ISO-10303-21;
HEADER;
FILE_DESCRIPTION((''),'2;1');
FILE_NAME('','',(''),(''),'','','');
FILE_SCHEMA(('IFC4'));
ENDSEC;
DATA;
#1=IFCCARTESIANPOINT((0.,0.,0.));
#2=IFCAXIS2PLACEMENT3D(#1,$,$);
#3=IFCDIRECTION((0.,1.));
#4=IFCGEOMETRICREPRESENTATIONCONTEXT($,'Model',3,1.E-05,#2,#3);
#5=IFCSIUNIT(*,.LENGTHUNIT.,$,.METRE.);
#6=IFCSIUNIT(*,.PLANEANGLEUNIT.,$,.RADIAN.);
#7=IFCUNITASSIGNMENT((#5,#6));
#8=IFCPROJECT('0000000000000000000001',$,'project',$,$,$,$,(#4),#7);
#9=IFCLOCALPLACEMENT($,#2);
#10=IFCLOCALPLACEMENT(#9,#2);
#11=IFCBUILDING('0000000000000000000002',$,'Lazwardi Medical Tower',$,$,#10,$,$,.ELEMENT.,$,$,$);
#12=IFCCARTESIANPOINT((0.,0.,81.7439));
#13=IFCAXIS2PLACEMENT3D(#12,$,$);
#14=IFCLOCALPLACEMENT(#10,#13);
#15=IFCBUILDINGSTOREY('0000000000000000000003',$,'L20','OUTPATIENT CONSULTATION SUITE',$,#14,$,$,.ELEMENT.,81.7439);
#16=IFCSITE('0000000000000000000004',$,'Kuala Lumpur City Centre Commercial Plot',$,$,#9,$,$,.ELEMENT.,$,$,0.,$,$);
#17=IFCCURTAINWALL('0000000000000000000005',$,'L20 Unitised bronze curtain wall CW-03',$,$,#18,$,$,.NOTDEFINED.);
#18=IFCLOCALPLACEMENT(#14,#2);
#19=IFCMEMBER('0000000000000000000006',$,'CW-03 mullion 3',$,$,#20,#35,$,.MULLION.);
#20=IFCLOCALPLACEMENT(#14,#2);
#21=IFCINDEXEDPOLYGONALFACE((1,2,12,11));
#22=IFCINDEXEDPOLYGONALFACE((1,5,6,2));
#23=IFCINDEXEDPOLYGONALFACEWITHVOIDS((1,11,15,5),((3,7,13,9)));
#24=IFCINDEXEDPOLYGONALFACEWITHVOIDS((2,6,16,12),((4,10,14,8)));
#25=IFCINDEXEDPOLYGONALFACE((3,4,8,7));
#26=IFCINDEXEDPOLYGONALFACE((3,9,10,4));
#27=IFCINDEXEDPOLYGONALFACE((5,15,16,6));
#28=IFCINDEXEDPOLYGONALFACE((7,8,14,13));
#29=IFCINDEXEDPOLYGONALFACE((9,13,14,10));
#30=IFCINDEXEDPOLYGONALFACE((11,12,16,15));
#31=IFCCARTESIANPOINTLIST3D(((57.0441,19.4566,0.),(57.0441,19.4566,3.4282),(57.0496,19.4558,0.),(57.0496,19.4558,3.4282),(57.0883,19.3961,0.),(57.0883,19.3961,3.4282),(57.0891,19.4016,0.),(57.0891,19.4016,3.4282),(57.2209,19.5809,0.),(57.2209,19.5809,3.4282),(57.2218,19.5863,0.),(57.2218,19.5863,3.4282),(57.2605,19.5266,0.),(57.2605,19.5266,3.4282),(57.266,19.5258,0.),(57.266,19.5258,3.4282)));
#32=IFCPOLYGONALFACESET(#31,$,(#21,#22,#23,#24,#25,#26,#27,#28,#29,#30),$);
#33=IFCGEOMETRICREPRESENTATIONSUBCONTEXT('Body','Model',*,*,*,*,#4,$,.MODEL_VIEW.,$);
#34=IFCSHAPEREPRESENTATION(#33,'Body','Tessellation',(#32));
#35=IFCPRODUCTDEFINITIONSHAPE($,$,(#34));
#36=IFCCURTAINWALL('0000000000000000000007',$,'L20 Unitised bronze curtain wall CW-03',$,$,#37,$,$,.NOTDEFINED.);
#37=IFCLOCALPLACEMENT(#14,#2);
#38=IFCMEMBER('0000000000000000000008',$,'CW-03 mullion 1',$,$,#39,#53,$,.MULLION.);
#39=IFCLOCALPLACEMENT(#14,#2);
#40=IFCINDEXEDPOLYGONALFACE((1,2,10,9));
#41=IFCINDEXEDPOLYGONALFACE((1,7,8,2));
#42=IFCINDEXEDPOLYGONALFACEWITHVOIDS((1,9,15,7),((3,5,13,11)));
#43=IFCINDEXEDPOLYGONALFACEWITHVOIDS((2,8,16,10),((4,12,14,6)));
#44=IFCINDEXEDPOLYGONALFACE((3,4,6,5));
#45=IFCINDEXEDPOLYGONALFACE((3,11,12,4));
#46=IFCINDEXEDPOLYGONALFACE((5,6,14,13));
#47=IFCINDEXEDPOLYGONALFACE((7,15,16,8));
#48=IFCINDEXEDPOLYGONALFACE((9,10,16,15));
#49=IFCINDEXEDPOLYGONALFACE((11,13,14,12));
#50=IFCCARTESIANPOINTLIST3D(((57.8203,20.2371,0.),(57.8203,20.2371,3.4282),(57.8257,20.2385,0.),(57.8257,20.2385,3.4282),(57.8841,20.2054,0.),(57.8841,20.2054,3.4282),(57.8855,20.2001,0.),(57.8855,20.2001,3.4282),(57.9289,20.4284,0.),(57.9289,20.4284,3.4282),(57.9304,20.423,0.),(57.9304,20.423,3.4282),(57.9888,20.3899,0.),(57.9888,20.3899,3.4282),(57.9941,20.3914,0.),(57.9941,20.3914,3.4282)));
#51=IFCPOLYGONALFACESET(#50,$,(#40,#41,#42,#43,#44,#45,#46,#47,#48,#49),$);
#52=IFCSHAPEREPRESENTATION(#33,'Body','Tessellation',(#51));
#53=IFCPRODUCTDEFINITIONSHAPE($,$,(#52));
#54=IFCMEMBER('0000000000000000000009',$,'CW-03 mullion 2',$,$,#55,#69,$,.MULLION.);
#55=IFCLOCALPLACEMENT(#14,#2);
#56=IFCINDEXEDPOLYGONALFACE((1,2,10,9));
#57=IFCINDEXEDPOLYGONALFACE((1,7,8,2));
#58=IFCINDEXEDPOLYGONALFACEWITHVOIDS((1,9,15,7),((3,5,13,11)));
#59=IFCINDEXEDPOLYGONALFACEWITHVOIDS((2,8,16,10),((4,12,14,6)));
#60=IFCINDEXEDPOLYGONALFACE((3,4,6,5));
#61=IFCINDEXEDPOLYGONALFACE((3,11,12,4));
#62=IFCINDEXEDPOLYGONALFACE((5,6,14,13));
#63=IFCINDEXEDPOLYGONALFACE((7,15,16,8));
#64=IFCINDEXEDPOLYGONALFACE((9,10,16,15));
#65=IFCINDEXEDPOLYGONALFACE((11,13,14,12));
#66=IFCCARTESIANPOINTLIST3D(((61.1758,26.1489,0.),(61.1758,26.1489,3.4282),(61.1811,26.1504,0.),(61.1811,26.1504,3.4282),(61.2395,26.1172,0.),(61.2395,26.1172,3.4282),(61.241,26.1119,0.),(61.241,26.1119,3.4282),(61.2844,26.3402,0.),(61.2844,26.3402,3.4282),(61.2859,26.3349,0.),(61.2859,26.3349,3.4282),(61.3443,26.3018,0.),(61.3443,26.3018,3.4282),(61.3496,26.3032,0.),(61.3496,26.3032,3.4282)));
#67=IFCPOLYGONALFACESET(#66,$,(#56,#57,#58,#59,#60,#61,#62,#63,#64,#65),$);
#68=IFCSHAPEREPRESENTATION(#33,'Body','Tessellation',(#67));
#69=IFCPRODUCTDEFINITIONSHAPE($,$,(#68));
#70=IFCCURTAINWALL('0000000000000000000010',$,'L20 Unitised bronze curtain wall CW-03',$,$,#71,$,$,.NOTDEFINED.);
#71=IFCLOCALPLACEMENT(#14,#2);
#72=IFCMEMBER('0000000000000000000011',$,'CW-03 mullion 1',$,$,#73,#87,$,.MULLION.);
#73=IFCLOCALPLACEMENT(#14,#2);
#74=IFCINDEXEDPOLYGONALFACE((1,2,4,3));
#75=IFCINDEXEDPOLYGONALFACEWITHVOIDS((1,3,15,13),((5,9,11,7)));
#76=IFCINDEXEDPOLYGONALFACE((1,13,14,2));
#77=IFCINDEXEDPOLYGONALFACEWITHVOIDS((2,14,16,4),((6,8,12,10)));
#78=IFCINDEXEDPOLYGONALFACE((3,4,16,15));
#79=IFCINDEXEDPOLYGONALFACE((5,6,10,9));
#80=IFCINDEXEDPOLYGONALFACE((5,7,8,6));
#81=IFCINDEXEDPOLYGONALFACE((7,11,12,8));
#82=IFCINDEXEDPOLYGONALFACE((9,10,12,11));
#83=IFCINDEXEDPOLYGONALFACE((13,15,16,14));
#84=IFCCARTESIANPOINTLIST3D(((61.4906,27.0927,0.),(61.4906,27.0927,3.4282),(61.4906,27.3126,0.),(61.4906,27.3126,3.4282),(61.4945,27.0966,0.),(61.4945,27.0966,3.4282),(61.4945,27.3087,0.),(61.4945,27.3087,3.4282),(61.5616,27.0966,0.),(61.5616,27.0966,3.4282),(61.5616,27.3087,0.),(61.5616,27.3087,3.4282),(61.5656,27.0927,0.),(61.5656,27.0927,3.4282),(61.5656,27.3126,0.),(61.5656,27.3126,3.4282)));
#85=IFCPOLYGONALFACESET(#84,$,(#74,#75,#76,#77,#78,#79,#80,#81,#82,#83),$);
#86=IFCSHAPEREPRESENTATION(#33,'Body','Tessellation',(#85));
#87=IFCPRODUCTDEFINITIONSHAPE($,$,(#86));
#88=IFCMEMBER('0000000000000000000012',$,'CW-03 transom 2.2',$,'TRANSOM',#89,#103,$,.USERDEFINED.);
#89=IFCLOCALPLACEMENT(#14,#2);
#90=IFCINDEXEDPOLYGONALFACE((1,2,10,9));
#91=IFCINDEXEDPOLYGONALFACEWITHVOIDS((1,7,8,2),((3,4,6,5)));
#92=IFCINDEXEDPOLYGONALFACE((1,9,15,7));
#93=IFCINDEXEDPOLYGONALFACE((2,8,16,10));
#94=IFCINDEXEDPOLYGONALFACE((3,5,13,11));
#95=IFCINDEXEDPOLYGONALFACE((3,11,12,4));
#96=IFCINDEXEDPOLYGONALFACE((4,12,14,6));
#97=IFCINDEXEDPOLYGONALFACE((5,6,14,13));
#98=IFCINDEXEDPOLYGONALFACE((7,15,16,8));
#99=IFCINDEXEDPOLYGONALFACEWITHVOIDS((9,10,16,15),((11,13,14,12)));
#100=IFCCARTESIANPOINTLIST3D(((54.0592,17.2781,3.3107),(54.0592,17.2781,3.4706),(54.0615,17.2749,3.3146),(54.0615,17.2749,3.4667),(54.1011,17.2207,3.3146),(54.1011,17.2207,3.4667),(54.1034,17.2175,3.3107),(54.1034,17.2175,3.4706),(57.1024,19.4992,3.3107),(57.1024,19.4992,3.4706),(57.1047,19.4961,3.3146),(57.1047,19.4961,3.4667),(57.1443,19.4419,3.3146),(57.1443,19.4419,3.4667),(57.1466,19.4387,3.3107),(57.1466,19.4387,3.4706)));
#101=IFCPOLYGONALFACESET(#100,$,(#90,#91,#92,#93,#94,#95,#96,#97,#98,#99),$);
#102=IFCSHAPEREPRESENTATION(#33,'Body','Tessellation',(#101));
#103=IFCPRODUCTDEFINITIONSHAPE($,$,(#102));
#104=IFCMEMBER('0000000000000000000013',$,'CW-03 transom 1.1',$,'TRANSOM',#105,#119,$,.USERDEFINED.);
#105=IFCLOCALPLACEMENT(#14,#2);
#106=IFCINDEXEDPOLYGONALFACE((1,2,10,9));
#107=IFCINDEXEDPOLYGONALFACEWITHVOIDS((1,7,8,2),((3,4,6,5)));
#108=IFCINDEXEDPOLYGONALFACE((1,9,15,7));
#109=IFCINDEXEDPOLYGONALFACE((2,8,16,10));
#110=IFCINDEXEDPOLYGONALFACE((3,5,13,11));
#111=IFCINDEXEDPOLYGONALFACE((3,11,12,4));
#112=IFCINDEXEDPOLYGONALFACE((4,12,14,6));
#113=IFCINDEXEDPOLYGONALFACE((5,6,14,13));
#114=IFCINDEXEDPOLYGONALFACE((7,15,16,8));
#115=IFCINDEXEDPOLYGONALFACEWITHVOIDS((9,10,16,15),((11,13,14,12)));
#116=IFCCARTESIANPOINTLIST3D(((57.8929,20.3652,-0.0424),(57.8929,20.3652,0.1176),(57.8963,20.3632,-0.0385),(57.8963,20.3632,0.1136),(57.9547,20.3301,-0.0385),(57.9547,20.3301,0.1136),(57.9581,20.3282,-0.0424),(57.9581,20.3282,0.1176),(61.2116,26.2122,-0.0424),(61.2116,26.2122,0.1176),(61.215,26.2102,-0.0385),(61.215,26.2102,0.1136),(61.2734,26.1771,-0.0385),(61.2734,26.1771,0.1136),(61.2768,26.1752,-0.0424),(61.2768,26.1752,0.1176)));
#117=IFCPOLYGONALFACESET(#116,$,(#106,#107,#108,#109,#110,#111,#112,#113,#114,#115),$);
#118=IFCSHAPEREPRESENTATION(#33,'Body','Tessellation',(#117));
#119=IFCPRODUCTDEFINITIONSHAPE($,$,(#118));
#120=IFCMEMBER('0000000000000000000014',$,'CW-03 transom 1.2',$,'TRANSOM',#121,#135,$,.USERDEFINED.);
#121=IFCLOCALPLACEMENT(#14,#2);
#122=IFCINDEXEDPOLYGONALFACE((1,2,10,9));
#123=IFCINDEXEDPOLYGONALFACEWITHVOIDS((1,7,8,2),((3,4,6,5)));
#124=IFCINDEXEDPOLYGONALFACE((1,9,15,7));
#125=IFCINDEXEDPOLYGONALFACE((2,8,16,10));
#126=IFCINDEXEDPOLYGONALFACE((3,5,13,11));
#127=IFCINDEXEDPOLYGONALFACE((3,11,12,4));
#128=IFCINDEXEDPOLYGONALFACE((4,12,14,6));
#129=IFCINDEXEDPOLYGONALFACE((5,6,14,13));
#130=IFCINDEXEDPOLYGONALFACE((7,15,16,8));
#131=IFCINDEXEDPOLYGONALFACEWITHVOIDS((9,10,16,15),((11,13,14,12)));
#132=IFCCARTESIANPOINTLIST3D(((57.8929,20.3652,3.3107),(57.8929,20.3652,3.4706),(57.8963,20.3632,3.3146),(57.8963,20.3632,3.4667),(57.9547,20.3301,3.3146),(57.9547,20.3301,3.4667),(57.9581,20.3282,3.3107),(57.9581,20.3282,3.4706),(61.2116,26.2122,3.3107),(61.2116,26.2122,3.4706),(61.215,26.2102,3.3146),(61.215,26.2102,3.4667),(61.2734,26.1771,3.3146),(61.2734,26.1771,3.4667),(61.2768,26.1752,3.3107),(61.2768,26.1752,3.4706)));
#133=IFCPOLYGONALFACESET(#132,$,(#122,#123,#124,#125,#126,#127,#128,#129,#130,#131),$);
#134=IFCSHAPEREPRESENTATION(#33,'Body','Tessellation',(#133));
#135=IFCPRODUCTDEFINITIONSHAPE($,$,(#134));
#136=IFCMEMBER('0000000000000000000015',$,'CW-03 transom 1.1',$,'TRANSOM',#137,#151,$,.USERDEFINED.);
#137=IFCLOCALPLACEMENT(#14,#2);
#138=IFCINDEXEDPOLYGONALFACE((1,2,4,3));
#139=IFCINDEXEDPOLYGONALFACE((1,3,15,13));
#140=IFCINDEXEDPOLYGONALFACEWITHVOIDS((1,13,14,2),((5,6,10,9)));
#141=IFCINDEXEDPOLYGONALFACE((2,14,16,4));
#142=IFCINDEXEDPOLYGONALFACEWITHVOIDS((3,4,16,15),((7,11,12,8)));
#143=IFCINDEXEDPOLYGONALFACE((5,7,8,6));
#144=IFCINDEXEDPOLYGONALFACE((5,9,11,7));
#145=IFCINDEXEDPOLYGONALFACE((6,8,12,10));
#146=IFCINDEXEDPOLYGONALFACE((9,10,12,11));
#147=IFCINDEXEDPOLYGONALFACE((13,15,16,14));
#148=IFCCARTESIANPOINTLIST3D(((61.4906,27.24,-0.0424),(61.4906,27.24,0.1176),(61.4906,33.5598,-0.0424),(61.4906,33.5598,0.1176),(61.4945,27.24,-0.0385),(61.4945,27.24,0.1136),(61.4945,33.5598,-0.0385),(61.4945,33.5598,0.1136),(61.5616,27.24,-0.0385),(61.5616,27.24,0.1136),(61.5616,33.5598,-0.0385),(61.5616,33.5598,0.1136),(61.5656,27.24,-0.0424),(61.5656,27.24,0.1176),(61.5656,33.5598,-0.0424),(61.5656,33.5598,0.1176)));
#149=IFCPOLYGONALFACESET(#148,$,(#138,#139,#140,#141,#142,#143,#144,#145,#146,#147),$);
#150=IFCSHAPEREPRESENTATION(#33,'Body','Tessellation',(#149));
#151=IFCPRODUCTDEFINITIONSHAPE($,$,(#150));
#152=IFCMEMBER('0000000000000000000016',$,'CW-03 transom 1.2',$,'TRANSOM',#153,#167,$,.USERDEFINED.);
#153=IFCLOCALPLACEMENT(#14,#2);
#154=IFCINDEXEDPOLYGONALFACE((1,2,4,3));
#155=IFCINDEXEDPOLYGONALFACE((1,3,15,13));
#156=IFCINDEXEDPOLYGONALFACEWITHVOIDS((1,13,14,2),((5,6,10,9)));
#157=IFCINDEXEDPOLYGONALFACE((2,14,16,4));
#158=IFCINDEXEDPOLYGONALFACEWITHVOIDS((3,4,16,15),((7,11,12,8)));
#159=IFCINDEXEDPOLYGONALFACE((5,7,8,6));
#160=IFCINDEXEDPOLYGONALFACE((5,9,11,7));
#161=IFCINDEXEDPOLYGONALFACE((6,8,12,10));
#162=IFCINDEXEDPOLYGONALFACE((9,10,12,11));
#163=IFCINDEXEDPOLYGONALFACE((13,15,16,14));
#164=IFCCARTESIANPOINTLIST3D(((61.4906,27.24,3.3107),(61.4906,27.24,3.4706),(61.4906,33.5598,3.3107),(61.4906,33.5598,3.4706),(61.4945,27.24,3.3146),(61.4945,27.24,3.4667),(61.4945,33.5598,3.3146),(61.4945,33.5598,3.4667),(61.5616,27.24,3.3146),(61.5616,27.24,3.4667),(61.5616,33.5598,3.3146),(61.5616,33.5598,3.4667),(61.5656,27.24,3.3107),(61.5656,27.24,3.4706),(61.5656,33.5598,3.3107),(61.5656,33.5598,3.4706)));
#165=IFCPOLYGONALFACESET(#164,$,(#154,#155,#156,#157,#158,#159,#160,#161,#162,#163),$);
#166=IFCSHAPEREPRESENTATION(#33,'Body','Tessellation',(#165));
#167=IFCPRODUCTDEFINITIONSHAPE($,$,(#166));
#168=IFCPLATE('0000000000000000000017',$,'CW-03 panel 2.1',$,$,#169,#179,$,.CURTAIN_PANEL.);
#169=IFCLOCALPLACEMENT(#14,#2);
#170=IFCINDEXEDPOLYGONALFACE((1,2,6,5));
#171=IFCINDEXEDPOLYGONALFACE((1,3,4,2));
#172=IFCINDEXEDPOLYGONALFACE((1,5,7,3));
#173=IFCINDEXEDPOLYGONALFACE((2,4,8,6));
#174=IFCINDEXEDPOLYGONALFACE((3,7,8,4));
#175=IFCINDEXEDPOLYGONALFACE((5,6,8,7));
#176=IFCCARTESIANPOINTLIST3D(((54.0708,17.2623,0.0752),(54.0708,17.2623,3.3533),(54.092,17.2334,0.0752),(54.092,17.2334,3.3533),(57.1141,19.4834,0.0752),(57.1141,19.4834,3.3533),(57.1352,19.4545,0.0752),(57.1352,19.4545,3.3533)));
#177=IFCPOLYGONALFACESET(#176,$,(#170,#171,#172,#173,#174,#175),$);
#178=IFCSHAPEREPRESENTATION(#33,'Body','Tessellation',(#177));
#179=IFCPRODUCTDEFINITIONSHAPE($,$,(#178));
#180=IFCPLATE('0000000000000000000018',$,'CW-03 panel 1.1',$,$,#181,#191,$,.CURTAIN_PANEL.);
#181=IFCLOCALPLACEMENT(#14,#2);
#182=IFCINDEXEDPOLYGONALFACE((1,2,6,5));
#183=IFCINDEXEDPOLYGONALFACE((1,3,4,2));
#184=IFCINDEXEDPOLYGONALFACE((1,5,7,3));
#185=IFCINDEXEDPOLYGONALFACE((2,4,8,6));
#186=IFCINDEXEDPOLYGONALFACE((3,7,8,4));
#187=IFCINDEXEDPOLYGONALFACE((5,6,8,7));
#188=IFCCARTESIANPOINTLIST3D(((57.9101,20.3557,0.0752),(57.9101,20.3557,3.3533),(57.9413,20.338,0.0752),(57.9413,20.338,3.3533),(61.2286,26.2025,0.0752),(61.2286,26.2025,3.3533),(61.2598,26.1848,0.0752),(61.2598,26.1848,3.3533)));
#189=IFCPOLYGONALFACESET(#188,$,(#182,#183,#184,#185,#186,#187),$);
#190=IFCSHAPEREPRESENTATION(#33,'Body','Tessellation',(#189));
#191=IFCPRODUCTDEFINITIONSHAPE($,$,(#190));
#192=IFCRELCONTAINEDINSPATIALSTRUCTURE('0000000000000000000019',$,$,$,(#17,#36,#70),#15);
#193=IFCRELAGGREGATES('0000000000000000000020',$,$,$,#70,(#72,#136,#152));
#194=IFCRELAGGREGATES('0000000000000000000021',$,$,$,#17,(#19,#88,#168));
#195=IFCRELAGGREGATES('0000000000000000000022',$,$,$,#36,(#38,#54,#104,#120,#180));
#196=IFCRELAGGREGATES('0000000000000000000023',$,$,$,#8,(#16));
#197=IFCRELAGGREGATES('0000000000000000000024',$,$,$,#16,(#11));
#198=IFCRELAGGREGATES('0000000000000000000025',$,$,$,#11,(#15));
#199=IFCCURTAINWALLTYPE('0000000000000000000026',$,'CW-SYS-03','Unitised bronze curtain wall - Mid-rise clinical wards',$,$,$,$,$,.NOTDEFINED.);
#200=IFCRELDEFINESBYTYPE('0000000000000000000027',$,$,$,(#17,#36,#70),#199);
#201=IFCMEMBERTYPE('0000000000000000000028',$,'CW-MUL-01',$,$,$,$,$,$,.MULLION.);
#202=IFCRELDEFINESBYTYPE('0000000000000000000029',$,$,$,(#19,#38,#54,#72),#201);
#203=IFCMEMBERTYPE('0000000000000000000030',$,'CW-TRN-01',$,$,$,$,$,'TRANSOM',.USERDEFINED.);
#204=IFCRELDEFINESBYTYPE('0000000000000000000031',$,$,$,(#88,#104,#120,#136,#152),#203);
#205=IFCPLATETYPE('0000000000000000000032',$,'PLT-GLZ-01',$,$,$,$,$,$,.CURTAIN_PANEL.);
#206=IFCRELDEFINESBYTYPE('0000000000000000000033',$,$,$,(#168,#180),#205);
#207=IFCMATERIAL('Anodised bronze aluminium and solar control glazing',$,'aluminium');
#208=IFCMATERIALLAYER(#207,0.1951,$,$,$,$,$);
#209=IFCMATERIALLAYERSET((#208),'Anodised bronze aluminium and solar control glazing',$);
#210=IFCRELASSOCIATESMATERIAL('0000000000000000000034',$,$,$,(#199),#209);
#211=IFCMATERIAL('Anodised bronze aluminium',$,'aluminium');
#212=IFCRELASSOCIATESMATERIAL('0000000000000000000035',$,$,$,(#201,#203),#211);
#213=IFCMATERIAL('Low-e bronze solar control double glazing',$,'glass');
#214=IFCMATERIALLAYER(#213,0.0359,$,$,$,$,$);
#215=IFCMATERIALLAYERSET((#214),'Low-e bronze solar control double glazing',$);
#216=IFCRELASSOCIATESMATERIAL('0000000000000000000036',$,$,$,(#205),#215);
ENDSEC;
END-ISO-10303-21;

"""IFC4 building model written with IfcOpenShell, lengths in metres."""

from ifc_helpers import new_model, si_unit, direction, frame, origin, origin_2d, place, context, subcontext, project, spatial, rectangle, hollow_rectangle, extrude, material, layer, layer_set, material_profile, profile_set, type_object, element, aggregate, save


model = new_model("IFC4")

# Units and contexts
model_context = context("Model", 3, precision=1e-05, world=origin(), true_north=direction((0.0, 1.0)))
body_context = subcontext(model_context, "Body", "Model", "MODEL_VIEW")
ifc_project = project(units=[si_unit("LENGTHUNIT", "METRE"), si_unit("PLANEANGLEUNIT", "RADIAN")], contexts=[model_context])

# Site, building, storey
site_placement = place(None, origin())
site = spatial("IfcSite", under=ifc_project, at=site_placement, Name="Kuala Lumpur City Centre Commercial Plot", CompositionType="ELEMENT", RefElevation=0.0)
building_placement = place(site_placement, origin())
building = spatial("IfcBuilding", under=site, at=building_placement, Name="Lazwardi Medical Tower", CompositionType="ELEMENT")
storey_placement = place(building_placement, frame((0.0, 0.0, 81.7439)))
storey = spatial("IfcBuildingStorey", under=building, at=storey_placement, Name="L20", Description="OUTPATIENT CONSULTATION SUITE", CompositionType="ELEMENT", Elevation=81.7439)

# Curtain wall, member
ifc_material_1 = material(Name="Anodised bronze aluminium and solar control glazing", Category="aluminium")
ifc_layer_1 = layer(ifc_material_1, 0.1951)
ifc_layer_set_1 = layer_set([ifc_layer_1], Name="Anodised bronze aluminium and solar control glazing")
curtain_wall_type = type_object("IfcCurtainWallType", Name="CW-SYS-03", Description="Unitised bronze curtain wall - Mid-rise clinical wards", PredefinedType="NOTDEFINED", material=ifc_layer_set_1)
curtain_wall_1_placement = place(storey_placement, origin())
curtain_wall_1 = element("IfcCurtainWall", 1, at=curtain_wall_1_placement, inside=storey, type_object=curtain_wall_type, Name="L20 Unitised bronze curtain wall CW-03", PredefinedType="NOTDEFINED")
ifc_material_2 = material(Name="Anodised bronze aluminium", Category="aluminium")
ifc_material_profile_1 = material_profile(ifc_material_2, hollow_rectangle(XDim=0.075, YDim=0.22, WallThickness=0.0039, at=origin_2d()), Name="ALU-MULLION 220x75x4")
ifc_profile_set_1 = profile_set([ifc_material_profile_1], Name="Anodised bronze aluminium")
member_type_1 = type_object("IfcMemberType", Name="CW-MUL-01", PredefinedType="MULLION", material=ifc_profile_set_1)
member_1_placement = place(storey_placement, frame((57.155, 19.4912, 0.0), z_axis=(0.0, 0.0, 1.0), x_axis=(-0.589531, 0.807746, 0.0)))
member_1 = element("IfcMember", 2, at=member_1_placement, type_object=member_type_1, Name="CW-03 mullion 3", PredefinedType="MULLION", context=body_context, shape_type="SweptSolid", body=[
    extrude(hollow_rectangle(XDim=0.075, YDim=0.22, WallThickness=0.0039, at=origin_2d()), origin(), (0.0, 0.0, 1.0), 3.4282),
])

# Curtain wall, members
curtain_wall_2_placement = place(storey_placement, origin())
curtain_wall_2 = element("IfcCurtainWall", 3, at=curtain_wall_2_placement, inside=storey, type_object=curtain_wall_type, Name="L20 Unitised bronze curtain wall CW-03", PredefinedType="NOTDEFINED")
member_2_placement = place(storey_placement, frame((57.9072, 20.3142, 0.0), z_axis=(0.0, 0.0, 1.0), x_axis=(-0.869687, 0.493603, 0.0)))
member_2 = element("IfcMember", 4, at=member_2_placement, type_object=member_type_1, Name="CW-03 mullion 1", PredefinedType="MULLION", context=body_context, shape_type="SweptSolid", body=[
    extrude(hollow_rectangle(XDim=0.075, YDim=0.22, WallThickness=0.0039, at=origin_2d()), origin(), (0.0, 0.0, 1.0), 3.4282),
])
member_3_placement = place(storey_placement, frame((61.2627, 26.2261, 0.0), z_axis=(0.0, 0.0, 1.0), x_axis=(-0.869687, 0.493603, 0.0)))
member_3 = element("IfcMember", 5, at=member_3_placement, type_object=member_type_1, Name="CW-03 mullion 2", PredefinedType="MULLION", context=body_context, shape_type="SweptSolid", body=[
    extrude(hollow_rectangle(XDim=0.075, YDim=0.22, WallThickness=0.0039, at=origin_2d()), origin(), (0.0, 0.0, 1.0), 3.4282),
])

# Curtain wall, member
curtain_wall_3_placement = place(storey_placement, origin())
curtain_wall_3 = element("IfcCurtainWall", 6, at=curtain_wall_3_placement, inside=storey, type_object=curtain_wall_type, Name="L20 Unitised bronze curtain wall CW-03", PredefinedType="NOTDEFINED")
member_4_placement = place(storey_placement, frame((61.5281, 27.2026, 0.0), z_axis=(0.0, 0.0, 1.0), x_axis=(-1.0, 0.0, 0.0)))
member_4 = element("IfcMember", 7, at=member_4_placement, type_object=member_type_1, Name="CW-03 mullion 1", PredefinedType="MULLION", context=body_context, shape_type="SweptSolid", body=[
    extrude(hollow_rectangle(XDim=0.075, YDim=0.22, WallThickness=0.0039, at=origin_2d()), origin(), (0.0, 0.0, 1.0), 3.4282),
])

# Members
ifc_material_profile_2 = material_profile(ifc_material_2, hollow_rectangle(XDim=0.075, YDim=0.1599, WallThickness=0.0039, at=origin_2d()), Name="ALU-TRANSOM 160x75x4")
ifc_profile_set_2 = profile_set([ifc_material_profile_2], Name="Anodised bronze aluminium")
member_type_2 = type_object("IfcMemberType", Name="CW-TRN-01", ElementType="TRANSOM", PredefinedType="USERDEFINED", material=ifc_profile_set_2)
member_5_placement = place(storey_placement, frame((54.0813, 17.2478, 3.3906), z_axis=(0.807732, 0.58955, 0.0), x_axis=(-0.58955, 0.807732, 0.0)))
member_5 = element("IfcMember", 8, at=member_5_placement, type_object=member_type_2, Name="CW-03 transom 2.2", ObjectType="TRANSOM", PredefinedType="USERDEFINED", context=body_context, shape_type="SweptSolid", body=[
    extrude(hollow_rectangle(XDim=0.075, YDim=0.1599, WallThickness=0.0039, at=origin_2d()), origin(), (0.0, 0.0, 1.0), 3.7676),
])
member_6_placement = place(storey_placement, frame((57.9255, 20.3467, 0.0376), z_axis=(0.493614, 0.869681, 0.0), x_axis=(-0.869681, 0.493614, 0.0)))
member_6 = element("IfcMember", 9, at=member_6_placement, type_object=member_type_2, Name="CW-03 transom 1.1", ObjectType="TRANSOM", PredefinedType="USERDEFINED", context=body_context, shape_type="SweptSolid", body=[
    extrude(hollow_rectangle(XDim=0.075, YDim=0.1599, WallThickness=0.0039, at=origin_2d()), origin(), (0.0, 0.0, 1.0), 6.7231),
])
member_7_placement = place(storey_placement, frame((57.9255, 20.3467, 3.3906), z_axis=(0.493614, 0.869681, 0.0), x_axis=(-0.869681, 0.493614, 0.0)))
member_7 = element("IfcMember", 10, at=member_7_placement, type_object=member_type_2, Name="CW-03 transom 1.2", ObjectType="TRANSOM", PredefinedType="USERDEFINED", context=body_context, shape_type="SweptSolid", body=[
    extrude(hollow_rectangle(XDim=0.075, YDim=0.1599, WallThickness=0.0039, at=origin_2d()), origin(), (0.0, 0.0, 1.0), 6.7231),
])
member_8_placement = place(storey_placement, frame((61.5281, 27.24, 0.0376), z_axis=(0.0, 1.0, 0.0), x_axis=(-1.0, 0.0, 0.0)))
member_8 = element("IfcMember", 11, at=member_8_placement, type_object=member_type_2, Name="CW-03 transom 1.1", ObjectType="TRANSOM", PredefinedType="USERDEFINED", context=body_context, shape_type="SweptSolid", body=[
    extrude(hollow_rectangle(XDim=0.075, YDim=0.1599, WallThickness=0.0039, at=origin_2d()), origin(), (0.0, 0.0, 1.0), 6.3198),
])
member_9_placement = place(storey_placement, frame((61.5281, 27.24, 3.3906), z_axis=(0.0, 1.0, 0.0), x_axis=(-1.0, 0.0, 0.0)))
member_9 = element("IfcMember", 12, at=member_9_placement, type_object=member_type_2, Name="CW-03 transom 1.2", ObjectType="TRANSOM", PredefinedType="USERDEFINED", context=body_context, shape_type="SweptSolid", body=[
    extrude(hollow_rectangle(XDim=0.075, YDim=0.1599, WallThickness=0.0039, at=origin_2d()), origin(), (0.0, 0.0, 1.0), 6.3198),
])
aggregate(curtain_wall_3, [member_4, member_8, member_9])

# Plates
ifc_material_3 = material(Name="Low-e bronze solar control double glazing", Category="glass")
ifc_layer_2 = layer(ifc_material_3, 0.0359)
ifc_layer_set_2 = layer_set([ifc_layer_2], Name="Low-e bronze solar control double glazing")
plate_type = type_object("IfcPlateType", Name="PLT-GLZ-01", PredefinedType="CURTAIN_PANEL", material=ifc_layer_set_2)
plate_1_placement = place(storey_placement, frame((55.603, 18.3584, 0.0752), z_axis=(0.0, 0.0, 1.0), x_axis=(0.807746, 0.589531, 0.0)))
plate_1 = element("IfcPlate", 13, at=plate_1_placement, type_object=plate_type, Name="CW-03 panel 2.1", PredefinedType="CURTAIN_PANEL", context=body_context, shape_type="SweptSolid", body=[
    extrude(rectangle(XDim=3.7676, YDim=0.0359, at=origin_2d()), origin(), (0.0, 0.0, 1.0), 3.2781),
])
aggregate(curtain_wall_1, [member_1, member_5, plate_1])
plate_2_placement = place(storey_placement, frame((59.585, 23.2703, 0.0752), z_axis=(0.0, 0.0, 1.0), x_axis=(0.493603, 0.869687, 0.0)))
plate_2 = element("IfcPlate", 14, at=plate_2_placement, type_object=plate_type, Name="CW-03 panel 1.1", PredefinedType="CURTAIN_PANEL", context=body_context, shape_type="SweptSolid", body=[
    extrude(rectangle(XDim=6.7229, YDim=0.0359, at=origin_2d()), origin(), (0.0, 0.0, 1.0), 3.2781),
])
aggregate(curtain_wall_2, [member_2, member_3, member_6, member_7, plate_2])

save(model, "model.ifc")
